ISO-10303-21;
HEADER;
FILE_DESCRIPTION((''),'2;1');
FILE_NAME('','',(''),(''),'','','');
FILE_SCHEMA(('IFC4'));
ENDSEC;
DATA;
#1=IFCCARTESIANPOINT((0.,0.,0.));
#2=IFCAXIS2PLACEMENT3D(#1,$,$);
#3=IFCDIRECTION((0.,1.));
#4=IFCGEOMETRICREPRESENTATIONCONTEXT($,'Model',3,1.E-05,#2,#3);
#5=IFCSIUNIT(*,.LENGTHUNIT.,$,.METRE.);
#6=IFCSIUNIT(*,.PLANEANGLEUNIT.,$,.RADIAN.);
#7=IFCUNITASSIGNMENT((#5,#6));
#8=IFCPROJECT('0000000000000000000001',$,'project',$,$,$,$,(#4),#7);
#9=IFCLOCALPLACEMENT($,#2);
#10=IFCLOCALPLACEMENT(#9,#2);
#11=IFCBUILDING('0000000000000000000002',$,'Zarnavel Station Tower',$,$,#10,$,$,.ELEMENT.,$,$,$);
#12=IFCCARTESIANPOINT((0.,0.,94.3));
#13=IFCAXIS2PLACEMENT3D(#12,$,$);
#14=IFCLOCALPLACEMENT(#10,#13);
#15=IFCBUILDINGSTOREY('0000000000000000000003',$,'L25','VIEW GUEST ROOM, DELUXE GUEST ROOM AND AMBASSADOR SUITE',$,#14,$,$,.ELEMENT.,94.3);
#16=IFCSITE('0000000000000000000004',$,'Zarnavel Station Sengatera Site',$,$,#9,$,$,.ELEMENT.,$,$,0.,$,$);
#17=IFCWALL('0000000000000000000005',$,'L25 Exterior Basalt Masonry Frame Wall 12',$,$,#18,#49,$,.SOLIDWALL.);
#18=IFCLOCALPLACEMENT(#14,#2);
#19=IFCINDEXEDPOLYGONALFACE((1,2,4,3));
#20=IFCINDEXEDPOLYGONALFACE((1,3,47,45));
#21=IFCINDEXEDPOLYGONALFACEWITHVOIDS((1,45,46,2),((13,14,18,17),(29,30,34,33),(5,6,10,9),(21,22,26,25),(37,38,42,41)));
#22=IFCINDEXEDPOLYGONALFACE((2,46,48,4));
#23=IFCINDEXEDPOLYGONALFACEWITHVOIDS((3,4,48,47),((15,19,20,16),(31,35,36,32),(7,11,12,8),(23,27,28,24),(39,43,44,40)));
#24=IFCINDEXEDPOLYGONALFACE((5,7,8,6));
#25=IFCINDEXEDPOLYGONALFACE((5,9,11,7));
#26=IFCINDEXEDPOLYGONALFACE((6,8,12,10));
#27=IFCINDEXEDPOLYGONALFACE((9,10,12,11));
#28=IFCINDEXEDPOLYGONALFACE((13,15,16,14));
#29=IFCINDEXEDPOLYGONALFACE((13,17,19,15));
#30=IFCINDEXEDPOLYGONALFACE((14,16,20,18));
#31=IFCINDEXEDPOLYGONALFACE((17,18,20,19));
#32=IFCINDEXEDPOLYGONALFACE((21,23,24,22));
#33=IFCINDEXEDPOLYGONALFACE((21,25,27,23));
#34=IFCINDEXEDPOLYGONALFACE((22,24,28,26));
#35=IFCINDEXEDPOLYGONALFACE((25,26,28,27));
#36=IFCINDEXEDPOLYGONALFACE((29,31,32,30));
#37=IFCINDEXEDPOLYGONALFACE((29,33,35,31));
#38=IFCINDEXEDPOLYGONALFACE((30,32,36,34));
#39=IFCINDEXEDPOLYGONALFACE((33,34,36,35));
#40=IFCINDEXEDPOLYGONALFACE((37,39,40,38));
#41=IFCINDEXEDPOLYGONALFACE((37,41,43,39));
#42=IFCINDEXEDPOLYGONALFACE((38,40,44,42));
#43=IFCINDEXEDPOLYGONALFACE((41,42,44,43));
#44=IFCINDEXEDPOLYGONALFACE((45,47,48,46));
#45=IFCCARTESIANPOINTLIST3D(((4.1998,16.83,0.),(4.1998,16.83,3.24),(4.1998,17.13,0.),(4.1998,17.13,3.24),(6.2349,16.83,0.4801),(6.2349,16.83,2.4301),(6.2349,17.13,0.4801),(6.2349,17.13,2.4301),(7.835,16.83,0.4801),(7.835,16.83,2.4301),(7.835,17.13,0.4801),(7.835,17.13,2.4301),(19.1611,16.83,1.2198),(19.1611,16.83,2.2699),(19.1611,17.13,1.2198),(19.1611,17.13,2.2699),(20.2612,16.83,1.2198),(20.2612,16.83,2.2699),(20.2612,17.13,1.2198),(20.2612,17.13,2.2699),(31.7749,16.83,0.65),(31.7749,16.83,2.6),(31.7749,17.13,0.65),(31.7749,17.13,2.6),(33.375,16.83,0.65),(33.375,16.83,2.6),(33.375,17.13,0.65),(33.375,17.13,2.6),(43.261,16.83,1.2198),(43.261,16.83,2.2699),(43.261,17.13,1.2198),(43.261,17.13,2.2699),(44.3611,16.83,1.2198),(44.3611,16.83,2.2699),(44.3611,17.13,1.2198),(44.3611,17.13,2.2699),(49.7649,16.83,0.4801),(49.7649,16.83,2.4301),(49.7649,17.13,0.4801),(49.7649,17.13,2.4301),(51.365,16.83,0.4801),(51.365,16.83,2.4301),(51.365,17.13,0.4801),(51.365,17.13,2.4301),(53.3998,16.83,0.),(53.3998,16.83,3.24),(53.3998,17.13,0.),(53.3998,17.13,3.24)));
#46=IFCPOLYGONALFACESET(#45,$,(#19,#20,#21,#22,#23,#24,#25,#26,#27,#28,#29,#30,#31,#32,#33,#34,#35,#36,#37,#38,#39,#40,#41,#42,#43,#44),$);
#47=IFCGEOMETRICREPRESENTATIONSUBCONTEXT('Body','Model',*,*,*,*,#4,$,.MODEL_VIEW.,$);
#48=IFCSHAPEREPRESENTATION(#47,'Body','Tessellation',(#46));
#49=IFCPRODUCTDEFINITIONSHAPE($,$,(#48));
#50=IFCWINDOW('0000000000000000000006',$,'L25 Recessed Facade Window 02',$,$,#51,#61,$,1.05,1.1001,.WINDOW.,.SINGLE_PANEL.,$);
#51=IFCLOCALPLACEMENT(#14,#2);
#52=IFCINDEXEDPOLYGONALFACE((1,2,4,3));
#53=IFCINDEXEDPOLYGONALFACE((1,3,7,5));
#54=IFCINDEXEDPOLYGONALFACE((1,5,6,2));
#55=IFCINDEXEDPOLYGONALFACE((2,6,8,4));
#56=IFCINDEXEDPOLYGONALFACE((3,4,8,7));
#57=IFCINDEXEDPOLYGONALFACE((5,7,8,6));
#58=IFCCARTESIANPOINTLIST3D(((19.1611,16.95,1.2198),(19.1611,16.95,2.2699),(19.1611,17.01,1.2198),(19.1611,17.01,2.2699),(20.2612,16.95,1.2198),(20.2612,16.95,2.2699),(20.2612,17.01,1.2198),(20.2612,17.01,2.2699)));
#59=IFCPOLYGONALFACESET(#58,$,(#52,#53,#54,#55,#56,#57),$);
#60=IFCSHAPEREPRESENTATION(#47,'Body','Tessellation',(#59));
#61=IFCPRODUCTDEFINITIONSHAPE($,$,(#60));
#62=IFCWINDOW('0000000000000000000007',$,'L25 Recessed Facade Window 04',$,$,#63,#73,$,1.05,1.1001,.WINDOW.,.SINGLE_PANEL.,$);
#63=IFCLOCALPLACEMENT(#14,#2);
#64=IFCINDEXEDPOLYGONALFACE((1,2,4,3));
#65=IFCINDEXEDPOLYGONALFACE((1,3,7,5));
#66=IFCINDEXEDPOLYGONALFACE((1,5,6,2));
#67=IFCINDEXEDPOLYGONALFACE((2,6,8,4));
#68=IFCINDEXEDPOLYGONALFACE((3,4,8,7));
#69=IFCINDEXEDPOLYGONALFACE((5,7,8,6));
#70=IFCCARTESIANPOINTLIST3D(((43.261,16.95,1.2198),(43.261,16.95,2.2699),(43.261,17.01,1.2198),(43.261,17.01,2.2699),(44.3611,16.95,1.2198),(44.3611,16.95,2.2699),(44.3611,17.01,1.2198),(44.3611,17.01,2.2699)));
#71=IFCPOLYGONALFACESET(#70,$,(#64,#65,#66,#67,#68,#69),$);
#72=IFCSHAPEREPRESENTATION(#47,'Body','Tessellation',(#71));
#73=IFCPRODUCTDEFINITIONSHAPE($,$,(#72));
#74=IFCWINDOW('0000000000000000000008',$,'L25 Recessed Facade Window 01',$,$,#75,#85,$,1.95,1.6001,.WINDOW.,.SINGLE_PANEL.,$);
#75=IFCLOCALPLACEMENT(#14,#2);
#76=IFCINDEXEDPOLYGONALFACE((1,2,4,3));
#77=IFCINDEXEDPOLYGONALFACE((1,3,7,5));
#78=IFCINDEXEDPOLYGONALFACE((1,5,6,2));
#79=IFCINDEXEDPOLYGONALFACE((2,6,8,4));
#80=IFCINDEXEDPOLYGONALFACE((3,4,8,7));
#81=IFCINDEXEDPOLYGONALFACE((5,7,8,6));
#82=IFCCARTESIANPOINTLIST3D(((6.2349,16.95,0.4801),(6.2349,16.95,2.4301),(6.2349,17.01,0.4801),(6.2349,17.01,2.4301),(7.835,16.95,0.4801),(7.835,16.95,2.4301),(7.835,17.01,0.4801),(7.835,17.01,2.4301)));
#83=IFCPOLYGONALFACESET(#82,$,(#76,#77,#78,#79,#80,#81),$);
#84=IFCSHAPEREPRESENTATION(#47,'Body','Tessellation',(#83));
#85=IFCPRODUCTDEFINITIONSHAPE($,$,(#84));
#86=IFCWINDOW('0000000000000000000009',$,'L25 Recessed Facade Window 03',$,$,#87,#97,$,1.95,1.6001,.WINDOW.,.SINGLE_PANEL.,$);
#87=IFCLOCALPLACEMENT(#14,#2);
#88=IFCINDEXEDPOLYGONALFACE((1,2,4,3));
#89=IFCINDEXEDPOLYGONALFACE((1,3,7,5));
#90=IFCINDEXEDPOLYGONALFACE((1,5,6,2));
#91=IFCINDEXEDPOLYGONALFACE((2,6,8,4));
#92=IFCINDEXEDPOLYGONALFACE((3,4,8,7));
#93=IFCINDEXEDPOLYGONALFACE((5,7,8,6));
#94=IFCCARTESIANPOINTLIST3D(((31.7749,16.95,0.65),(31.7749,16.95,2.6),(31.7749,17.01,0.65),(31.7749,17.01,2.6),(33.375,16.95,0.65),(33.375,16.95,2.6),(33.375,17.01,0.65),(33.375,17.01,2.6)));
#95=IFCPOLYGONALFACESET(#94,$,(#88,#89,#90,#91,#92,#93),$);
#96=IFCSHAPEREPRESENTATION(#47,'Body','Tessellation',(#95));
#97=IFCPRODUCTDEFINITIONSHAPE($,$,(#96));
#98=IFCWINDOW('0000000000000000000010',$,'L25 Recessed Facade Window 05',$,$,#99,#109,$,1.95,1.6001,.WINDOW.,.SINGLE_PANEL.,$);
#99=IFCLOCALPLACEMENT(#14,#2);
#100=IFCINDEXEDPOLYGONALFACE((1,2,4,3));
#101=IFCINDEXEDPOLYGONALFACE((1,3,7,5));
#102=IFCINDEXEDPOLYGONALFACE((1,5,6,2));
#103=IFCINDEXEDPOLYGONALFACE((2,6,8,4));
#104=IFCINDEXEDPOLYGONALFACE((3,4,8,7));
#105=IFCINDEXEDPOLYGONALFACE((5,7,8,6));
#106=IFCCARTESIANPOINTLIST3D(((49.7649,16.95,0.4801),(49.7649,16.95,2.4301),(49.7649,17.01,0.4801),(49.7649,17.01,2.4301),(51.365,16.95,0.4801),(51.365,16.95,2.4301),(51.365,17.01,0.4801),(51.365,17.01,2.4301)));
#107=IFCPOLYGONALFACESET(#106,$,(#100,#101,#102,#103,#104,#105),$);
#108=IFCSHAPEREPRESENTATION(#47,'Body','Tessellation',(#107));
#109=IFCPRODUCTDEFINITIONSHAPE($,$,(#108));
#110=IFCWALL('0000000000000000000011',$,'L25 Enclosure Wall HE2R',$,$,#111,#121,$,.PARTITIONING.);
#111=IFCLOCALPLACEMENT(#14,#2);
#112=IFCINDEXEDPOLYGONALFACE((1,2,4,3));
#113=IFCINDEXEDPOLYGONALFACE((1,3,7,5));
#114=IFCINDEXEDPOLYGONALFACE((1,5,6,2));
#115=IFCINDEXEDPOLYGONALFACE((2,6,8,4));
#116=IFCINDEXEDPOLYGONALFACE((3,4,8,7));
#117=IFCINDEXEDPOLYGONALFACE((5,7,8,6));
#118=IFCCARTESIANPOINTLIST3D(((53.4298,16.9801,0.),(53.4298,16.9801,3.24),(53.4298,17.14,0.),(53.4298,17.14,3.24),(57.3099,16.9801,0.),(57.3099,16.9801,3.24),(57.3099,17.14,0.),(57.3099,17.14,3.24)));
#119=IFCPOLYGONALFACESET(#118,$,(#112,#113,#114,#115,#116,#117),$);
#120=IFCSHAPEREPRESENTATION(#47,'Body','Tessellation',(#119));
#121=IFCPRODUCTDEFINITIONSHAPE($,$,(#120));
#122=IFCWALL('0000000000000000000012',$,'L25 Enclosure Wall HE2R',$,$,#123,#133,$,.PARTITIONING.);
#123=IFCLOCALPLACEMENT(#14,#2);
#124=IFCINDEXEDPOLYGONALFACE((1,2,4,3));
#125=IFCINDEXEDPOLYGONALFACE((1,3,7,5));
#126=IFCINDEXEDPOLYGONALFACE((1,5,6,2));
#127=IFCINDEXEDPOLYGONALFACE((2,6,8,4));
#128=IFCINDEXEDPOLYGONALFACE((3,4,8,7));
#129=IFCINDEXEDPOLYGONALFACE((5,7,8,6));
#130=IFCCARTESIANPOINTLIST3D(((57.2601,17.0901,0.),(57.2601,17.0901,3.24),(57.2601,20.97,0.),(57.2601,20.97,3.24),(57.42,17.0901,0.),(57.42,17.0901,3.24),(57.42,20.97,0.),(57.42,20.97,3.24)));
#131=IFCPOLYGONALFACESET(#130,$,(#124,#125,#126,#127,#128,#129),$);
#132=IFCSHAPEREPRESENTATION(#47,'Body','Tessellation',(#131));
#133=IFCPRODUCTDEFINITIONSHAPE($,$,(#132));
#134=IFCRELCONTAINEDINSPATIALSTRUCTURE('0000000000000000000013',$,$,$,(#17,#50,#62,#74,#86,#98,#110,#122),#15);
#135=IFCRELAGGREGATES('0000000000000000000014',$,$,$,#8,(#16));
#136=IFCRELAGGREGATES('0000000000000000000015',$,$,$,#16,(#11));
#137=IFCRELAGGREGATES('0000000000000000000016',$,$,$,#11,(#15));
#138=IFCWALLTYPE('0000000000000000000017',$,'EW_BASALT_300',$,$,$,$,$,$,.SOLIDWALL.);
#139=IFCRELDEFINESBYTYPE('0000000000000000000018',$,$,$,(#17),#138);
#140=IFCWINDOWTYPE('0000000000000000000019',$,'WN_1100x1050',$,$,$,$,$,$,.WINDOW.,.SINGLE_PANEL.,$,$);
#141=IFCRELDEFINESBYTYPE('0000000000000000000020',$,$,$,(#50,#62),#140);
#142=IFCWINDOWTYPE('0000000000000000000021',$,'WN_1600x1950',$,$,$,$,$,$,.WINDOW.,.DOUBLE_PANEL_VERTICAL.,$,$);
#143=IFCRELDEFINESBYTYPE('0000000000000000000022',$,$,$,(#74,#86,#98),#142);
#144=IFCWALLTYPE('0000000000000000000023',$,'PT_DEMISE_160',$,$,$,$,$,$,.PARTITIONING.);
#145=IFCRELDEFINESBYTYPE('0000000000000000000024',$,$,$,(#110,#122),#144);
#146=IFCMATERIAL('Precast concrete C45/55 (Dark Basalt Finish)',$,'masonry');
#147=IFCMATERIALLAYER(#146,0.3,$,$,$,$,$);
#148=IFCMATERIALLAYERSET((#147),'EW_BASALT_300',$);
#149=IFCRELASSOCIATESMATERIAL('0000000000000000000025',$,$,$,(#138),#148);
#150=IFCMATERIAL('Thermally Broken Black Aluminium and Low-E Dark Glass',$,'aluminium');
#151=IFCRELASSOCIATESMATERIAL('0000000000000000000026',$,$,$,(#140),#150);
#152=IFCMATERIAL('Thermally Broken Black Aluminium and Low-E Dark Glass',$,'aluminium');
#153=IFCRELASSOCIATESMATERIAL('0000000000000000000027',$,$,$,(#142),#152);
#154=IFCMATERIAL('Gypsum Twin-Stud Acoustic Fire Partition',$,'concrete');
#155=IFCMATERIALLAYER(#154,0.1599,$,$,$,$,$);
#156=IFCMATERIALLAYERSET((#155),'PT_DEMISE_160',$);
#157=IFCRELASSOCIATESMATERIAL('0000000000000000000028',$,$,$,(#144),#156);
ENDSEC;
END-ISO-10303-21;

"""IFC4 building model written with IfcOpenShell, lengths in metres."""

from ifc_helpers import new_model, si_unit, direction, frame, frame_2d, origin, place, context, subcontext, project, spatial, rectangle, extrude, material, layer, layer_set, type_object, element, fill, save


model = new_model("IFC4")

# Units and contexts
model_context = context("Model", 3, precision=1e-05, world=origin(), true_north=direction((0.0, 1.0)))
body_context = subcontext(model_context, "Body", "Model", "MODEL_VIEW")
ifc_project = project(units=[si_unit("LENGTHUNIT", "METRE"), si_unit("PLANEANGLEUNIT", "RADIAN")], contexts=[model_context])

# Site, building, storey
site_placement = place(None, origin())
site = spatial("IfcSite", under=ifc_project, at=site_placement, Name="Zarnavel Station Sengatera Site", CompositionType="ELEMENT", RefElevation=0.0)
building_placement = place(site_placement, origin())
building = spatial("IfcBuilding", under=site, at=building_placement, Name="Zarnavel Station Tower", CompositionType="ELEMENT")
storey_placement = place(building_placement, frame((0.0, 0.0, 94.3)))
storey = spatial("IfcBuildingStorey", under=building, at=storey_placement, Name="L25", Description="VIEW GUEST ROOM, DELUXE GUEST ROOM AND AMBASSADOR SUITE", CompositionType="ELEMENT", Elevation=94.3)

# Shared definitions
ifc_material_1 = material(Name="Precast concrete C45/55 (Dark Basalt Finish)", Category="masonry")
ifc_layer_1 = layer(ifc_material_1, 0.3)
ifc_layer_set_1 = layer_set([ifc_layer_1], Name="EW_BASALT_300")
wall_type_1 = type_object("IfcWallType", Name="EW_BASALT_300", PredefinedType="SOLIDWALL", material=ifc_layer_set_1)

# Wall, openings, windows
wall_1_placement = place(storey_placement, frame((53.3999, 16.98, 0.0), z_axis=(0.0, 0.0, 1.0), x_axis=(-1.0, 0.0, 0.0)))
wall_1 = element("IfcWall", 1, at=wall_1_placement, inside=storey, type_object=wall_type_1, Name="L25 Exterior Basalt Masonry Frame Wall 12", PredefinedType="SOLIDWALL", context=body_context, shape_type="SweptSolid", body=[
    extrude(rectangle(XDim=49.2, YDim=0.3, at=frame_2d((24.6001, 0.0))), origin(), (0.0, 0.0, 1.0), 3.24),
])
opening_1_placement = place(wall_1_placement, frame((45.5649, 0.0, 0.48)))
opening_1 = element("IfcOpeningElement", 2, at=opening_1_placement, cuts=wall_1, PredefinedType="OPENING", context=body_context, shape_type="SweptSolid", body=[
    extrude(rectangle(XDim=1.6001, YDim=1.95, at=frame_2d((0.8, 0.9751))), frame((0.0, 0.1599, 0.0), z_axis=(0.0, -1.0, 0.0), x_axis=(1.0, 0.0, 0.0)), (0.0, 0.0, 1.0), 0.3201),
])
opening_2_placement = place(wall_1_placement, frame((33.1387, 0.0, 1.22)))
opening_2 = element("IfcOpeningElement", 3, at=opening_2_placement, cuts=wall_1, PredefinedType="OPENING", context=body_context, shape_type="SweptSolid", body=[
    extrude(rectangle(XDim=1.1001, YDim=1.05, at=frame_2d((0.55, 0.5249))), frame((0.0, 0.1599, 0.0), z_axis=(0.0, -1.0, 0.0), x_axis=(1.0, 0.0, 0.0)), (0.0, 0.0, 1.0), 0.3201),
])
opening_3_placement = place(wall_1_placement, frame((20.0249, 0.0, 0.6499)))
opening_3 = element("IfcOpeningElement", 4, at=opening_3_placement, cuts=wall_1, PredefinedType="OPENING", context=body_context, shape_type="SweptSolid", body=[
    extrude(rectangle(XDim=1.6001, YDim=1.95, at=frame_2d((0.8, 0.9751))), frame((0.0, 0.1599, 0.0), z_axis=(0.0, -1.0, 0.0), x_axis=(1.0, 0.0, 0.0)), (0.0, 0.0, 1.0), 0.3201),
])
opening_4_placement = place(wall_1_placement, frame((9.0388, 0.0, 1.22)))
opening_4 = element("IfcOpeningElement", 5, at=opening_4_placement, cuts=wall_1, PredefinedType="OPENING", context=body_context, shape_type="SweptSolid", body=[
    extrude(rectangle(XDim=1.1001, YDim=1.05, at=frame_2d((0.55, 0.5249))), frame((0.0, 0.1599, 0.0), z_axis=(0.0, -1.0, 0.0), x_axis=(1.0, 0.0, 0.0)), (0.0, 0.0, 1.0), 0.3201),
])
opening_5_placement = place(wall_1_placement, frame((2.0349, 0.0, 0.48)))
opening_5 = element("IfcOpeningElement", 6, at=opening_5_placement, cuts=wall_1, PredefinedType="OPENING", context=body_context, shape_type="SweptSolid", body=[
    extrude(rectangle(XDim=1.6001, YDim=1.95, at=frame_2d((0.8, 0.9751))), frame((0.0, 0.1599, 0.0), z_axis=(0.0, -1.0, 0.0), x_axis=(1.0, 0.0, 0.0)), (0.0, 0.0, 1.0), 0.3201),
])
ifc_material_2 = material(Name="Thermally Broken Black Aluminium and Low-E Dark Glass", Category="aluminium")
window_type_1 = type_object("IfcWindowType", Name="WN_1100x1050", PartitioningType="SINGLE_PANEL", PredefinedType="WINDOW", material=ifc_material_2)
window_1_placement = place(opening_2_placement, origin())
window_1 = element("IfcWindow", 7, at=window_1_placement, inside=storey, type_object=window_type_1, Name="L25 Recessed Facade Window 02", OverallHeight=1.05, OverallWidth=1.1001, PartitioningType="SINGLE_PANEL", PredefinedType="WINDOW", context=body_context, shape_type="SweptSolid", body=[
    extrude(rectangle(XDim=1.1001, YDim=1.05, at=frame_2d((0.55, 0.5249))), frame((0.0, 0.03, 0.0), z_axis=(0.0, -1.0, 0.0), x_axis=(1.0, 0.0, 0.0)), (0.0, 0.0, 1.0), 0.0601),
])
fill(opening_2, window_1)
window_2_placement = place(opening_4_placement, origin())
window_2 = element("IfcWindow", 8, at=window_2_placement, inside=storey, type_object=window_type_1, Name="L25 Recessed Facade Window 04", OverallHeight=1.05, OverallWidth=1.1001, PartitioningType="SINGLE_PANEL", PredefinedType="WINDOW", context=body_context, shape_type="SweptSolid", body=[
    extrude(rectangle(XDim=1.1001, YDim=1.05, at=frame_2d((0.55, 0.5249))), frame((0.0, 0.03, 0.0), z_axis=(0.0, -1.0, 0.0), x_axis=(1.0, 0.0, 0.0)), (0.0, 0.0, 1.0), 0.0601),
])
fill(opening_4, window_2)
ifc_material_3 = material(Name="Thermally Broken Black Aluminium and Low-E Dark Glass", Category="aluminium")
window_type_2 = type_object("IfcWindowType", Name="WN_1600x1950", PartitioningType="DOUBLE_PANEL_VERTICAL", PredefinedType="WINDOW", material=ifc_material_3)
window_3_placement = place(opening_1_placement, origin())
window_3 = element("IfcWindow", 9, at=window_3_placement, inside=storey, type_object=window_type_2, Name="L25 Recessed Facade Window 01", OverallHeight=1.95, OverallWidth=1.6001, PartitioningType="SINGLE_PANEL", PredefinedType="WINDOW", context=body_context, shape_type="SweptSolid", body=[
    extrude(rectangle(XDim=1.6001, YDim=1.95, at=frame_2d((0.8, 0.9751))), frame((0.0, 0.03, 0.0), z_axis=(0.0, -1.0, 0.0), x_axis=(1.0, 0.0, 0.0)), (0.0, 0.0, 1.0), 0.0601),
])
fill(opening_1, window_3)
window_4_placement = place(opening_3_placement, origin())
window_4 = element("IfcWindow", 10, at=window_4_placement, inside=storey, type_object=window_type_2, Name="L25 Recessed Facade Window 03", OverallHeight=1.95, OverallWidth=1.6001, PartitioningType="SINGLE_PANEL", PredefinedType="WINDOW", context=body_context, shape_type="SweptSolid", body=[
    extrude(rectangle(XDim=1.6001, YDim=1.95, at=frame_2d((0.8, 0.9751))), frame((0.0, 0.03, 0.0), z_axis=(0.0, -1.0, 0.0), x_axis=(1.0, 0.0, 0.0)), (0.0, 0.0, 1.0), 0.0601),
])
fill(opening_3, window_4)
window_5_placement = place(opening_5_placement, origin())
window_5 = element("IfcWindow", 11, at=window_5_placement, inside=storey, type_object=window_type_2, Name="L25 Recessed Facade Window 05", OverallHeight=1.95, OverallWidth=1.6001, PartitioningType="SINGLE_PANEL", PredefinedType="WINDOW", context=body_context, shape_type="SweptSolid", body=[
    extrude(rectangle(XDim=1.6001, YDim=1.95, at=frame_2d((0.8, 0.9751))), frame((0.0, 0.03, 0.0), z_axis=(0.0, -1.0, 0.0), x_axis=(1.0, 0.0, 0.0)), (0.0, 0.0, 1.0), 0.0601),
])
fill(opening_5, window_5)

# Walls
ifc_material_4 = material(Name="Gypsum Twin-Stud Acoustic Fire Partition", Category="concrete")
ifc_layer_2 = layer(ifc_material_4, 0.1599)
ifc_layer_set_2 = layer_set([ifc_layer_2], Name="PT_DEMISE_160")
wall_type_2 = type_object("IfcWallType", Name="PT_DEMISE_160", PredefinedType="PARTITIONING", material=ifc_layer_set_2)
wall_2_placement = place(storey_placement, frame((53.4299, 17.0601, 0.0), z_axis=(0.0, 0.0, 1.0), x_axis=(1.0, 0.0, 0.0)))
element("IfcWall", 12, at=wall_2_placement, inside=storey, type_object=wall_type_2, Name="L25 Enclosure Wall HE2R", PredefinedType="PARTITIONING", context=body_context, shape_type="SweptSolid", body=[
    extrude(rectangle(XDim=3.8801, YDim=0.1599, at=frame_2d((1.9399, 0.0))), origin(), (0.0, 0.0, 1.0), 3.24),
])
wall_3_placement = place(storey_placement, frame((57.3401, 17.0901, 0.0), z_axis=(0.0, 0.0, 1.0), x_axis=(0.0, 1.0, 0.0)))
element("IfcWall", 13, at=wall_3_placement, inside=storey, type_object=wall_type_2, Name="L25 Enclosure Wall HE2R", PredefinedType="PARTITIONING", context=body_context, shape_type="SweptSolid", body=[
    extrude(rectangle(XDim=3.8799, YDim=0.1599, at=frame_2d((1.9399, 0.0))), origin(), (0.0, 0.0, 1.0), 3.24),
])

save(model, "model.ifc")
